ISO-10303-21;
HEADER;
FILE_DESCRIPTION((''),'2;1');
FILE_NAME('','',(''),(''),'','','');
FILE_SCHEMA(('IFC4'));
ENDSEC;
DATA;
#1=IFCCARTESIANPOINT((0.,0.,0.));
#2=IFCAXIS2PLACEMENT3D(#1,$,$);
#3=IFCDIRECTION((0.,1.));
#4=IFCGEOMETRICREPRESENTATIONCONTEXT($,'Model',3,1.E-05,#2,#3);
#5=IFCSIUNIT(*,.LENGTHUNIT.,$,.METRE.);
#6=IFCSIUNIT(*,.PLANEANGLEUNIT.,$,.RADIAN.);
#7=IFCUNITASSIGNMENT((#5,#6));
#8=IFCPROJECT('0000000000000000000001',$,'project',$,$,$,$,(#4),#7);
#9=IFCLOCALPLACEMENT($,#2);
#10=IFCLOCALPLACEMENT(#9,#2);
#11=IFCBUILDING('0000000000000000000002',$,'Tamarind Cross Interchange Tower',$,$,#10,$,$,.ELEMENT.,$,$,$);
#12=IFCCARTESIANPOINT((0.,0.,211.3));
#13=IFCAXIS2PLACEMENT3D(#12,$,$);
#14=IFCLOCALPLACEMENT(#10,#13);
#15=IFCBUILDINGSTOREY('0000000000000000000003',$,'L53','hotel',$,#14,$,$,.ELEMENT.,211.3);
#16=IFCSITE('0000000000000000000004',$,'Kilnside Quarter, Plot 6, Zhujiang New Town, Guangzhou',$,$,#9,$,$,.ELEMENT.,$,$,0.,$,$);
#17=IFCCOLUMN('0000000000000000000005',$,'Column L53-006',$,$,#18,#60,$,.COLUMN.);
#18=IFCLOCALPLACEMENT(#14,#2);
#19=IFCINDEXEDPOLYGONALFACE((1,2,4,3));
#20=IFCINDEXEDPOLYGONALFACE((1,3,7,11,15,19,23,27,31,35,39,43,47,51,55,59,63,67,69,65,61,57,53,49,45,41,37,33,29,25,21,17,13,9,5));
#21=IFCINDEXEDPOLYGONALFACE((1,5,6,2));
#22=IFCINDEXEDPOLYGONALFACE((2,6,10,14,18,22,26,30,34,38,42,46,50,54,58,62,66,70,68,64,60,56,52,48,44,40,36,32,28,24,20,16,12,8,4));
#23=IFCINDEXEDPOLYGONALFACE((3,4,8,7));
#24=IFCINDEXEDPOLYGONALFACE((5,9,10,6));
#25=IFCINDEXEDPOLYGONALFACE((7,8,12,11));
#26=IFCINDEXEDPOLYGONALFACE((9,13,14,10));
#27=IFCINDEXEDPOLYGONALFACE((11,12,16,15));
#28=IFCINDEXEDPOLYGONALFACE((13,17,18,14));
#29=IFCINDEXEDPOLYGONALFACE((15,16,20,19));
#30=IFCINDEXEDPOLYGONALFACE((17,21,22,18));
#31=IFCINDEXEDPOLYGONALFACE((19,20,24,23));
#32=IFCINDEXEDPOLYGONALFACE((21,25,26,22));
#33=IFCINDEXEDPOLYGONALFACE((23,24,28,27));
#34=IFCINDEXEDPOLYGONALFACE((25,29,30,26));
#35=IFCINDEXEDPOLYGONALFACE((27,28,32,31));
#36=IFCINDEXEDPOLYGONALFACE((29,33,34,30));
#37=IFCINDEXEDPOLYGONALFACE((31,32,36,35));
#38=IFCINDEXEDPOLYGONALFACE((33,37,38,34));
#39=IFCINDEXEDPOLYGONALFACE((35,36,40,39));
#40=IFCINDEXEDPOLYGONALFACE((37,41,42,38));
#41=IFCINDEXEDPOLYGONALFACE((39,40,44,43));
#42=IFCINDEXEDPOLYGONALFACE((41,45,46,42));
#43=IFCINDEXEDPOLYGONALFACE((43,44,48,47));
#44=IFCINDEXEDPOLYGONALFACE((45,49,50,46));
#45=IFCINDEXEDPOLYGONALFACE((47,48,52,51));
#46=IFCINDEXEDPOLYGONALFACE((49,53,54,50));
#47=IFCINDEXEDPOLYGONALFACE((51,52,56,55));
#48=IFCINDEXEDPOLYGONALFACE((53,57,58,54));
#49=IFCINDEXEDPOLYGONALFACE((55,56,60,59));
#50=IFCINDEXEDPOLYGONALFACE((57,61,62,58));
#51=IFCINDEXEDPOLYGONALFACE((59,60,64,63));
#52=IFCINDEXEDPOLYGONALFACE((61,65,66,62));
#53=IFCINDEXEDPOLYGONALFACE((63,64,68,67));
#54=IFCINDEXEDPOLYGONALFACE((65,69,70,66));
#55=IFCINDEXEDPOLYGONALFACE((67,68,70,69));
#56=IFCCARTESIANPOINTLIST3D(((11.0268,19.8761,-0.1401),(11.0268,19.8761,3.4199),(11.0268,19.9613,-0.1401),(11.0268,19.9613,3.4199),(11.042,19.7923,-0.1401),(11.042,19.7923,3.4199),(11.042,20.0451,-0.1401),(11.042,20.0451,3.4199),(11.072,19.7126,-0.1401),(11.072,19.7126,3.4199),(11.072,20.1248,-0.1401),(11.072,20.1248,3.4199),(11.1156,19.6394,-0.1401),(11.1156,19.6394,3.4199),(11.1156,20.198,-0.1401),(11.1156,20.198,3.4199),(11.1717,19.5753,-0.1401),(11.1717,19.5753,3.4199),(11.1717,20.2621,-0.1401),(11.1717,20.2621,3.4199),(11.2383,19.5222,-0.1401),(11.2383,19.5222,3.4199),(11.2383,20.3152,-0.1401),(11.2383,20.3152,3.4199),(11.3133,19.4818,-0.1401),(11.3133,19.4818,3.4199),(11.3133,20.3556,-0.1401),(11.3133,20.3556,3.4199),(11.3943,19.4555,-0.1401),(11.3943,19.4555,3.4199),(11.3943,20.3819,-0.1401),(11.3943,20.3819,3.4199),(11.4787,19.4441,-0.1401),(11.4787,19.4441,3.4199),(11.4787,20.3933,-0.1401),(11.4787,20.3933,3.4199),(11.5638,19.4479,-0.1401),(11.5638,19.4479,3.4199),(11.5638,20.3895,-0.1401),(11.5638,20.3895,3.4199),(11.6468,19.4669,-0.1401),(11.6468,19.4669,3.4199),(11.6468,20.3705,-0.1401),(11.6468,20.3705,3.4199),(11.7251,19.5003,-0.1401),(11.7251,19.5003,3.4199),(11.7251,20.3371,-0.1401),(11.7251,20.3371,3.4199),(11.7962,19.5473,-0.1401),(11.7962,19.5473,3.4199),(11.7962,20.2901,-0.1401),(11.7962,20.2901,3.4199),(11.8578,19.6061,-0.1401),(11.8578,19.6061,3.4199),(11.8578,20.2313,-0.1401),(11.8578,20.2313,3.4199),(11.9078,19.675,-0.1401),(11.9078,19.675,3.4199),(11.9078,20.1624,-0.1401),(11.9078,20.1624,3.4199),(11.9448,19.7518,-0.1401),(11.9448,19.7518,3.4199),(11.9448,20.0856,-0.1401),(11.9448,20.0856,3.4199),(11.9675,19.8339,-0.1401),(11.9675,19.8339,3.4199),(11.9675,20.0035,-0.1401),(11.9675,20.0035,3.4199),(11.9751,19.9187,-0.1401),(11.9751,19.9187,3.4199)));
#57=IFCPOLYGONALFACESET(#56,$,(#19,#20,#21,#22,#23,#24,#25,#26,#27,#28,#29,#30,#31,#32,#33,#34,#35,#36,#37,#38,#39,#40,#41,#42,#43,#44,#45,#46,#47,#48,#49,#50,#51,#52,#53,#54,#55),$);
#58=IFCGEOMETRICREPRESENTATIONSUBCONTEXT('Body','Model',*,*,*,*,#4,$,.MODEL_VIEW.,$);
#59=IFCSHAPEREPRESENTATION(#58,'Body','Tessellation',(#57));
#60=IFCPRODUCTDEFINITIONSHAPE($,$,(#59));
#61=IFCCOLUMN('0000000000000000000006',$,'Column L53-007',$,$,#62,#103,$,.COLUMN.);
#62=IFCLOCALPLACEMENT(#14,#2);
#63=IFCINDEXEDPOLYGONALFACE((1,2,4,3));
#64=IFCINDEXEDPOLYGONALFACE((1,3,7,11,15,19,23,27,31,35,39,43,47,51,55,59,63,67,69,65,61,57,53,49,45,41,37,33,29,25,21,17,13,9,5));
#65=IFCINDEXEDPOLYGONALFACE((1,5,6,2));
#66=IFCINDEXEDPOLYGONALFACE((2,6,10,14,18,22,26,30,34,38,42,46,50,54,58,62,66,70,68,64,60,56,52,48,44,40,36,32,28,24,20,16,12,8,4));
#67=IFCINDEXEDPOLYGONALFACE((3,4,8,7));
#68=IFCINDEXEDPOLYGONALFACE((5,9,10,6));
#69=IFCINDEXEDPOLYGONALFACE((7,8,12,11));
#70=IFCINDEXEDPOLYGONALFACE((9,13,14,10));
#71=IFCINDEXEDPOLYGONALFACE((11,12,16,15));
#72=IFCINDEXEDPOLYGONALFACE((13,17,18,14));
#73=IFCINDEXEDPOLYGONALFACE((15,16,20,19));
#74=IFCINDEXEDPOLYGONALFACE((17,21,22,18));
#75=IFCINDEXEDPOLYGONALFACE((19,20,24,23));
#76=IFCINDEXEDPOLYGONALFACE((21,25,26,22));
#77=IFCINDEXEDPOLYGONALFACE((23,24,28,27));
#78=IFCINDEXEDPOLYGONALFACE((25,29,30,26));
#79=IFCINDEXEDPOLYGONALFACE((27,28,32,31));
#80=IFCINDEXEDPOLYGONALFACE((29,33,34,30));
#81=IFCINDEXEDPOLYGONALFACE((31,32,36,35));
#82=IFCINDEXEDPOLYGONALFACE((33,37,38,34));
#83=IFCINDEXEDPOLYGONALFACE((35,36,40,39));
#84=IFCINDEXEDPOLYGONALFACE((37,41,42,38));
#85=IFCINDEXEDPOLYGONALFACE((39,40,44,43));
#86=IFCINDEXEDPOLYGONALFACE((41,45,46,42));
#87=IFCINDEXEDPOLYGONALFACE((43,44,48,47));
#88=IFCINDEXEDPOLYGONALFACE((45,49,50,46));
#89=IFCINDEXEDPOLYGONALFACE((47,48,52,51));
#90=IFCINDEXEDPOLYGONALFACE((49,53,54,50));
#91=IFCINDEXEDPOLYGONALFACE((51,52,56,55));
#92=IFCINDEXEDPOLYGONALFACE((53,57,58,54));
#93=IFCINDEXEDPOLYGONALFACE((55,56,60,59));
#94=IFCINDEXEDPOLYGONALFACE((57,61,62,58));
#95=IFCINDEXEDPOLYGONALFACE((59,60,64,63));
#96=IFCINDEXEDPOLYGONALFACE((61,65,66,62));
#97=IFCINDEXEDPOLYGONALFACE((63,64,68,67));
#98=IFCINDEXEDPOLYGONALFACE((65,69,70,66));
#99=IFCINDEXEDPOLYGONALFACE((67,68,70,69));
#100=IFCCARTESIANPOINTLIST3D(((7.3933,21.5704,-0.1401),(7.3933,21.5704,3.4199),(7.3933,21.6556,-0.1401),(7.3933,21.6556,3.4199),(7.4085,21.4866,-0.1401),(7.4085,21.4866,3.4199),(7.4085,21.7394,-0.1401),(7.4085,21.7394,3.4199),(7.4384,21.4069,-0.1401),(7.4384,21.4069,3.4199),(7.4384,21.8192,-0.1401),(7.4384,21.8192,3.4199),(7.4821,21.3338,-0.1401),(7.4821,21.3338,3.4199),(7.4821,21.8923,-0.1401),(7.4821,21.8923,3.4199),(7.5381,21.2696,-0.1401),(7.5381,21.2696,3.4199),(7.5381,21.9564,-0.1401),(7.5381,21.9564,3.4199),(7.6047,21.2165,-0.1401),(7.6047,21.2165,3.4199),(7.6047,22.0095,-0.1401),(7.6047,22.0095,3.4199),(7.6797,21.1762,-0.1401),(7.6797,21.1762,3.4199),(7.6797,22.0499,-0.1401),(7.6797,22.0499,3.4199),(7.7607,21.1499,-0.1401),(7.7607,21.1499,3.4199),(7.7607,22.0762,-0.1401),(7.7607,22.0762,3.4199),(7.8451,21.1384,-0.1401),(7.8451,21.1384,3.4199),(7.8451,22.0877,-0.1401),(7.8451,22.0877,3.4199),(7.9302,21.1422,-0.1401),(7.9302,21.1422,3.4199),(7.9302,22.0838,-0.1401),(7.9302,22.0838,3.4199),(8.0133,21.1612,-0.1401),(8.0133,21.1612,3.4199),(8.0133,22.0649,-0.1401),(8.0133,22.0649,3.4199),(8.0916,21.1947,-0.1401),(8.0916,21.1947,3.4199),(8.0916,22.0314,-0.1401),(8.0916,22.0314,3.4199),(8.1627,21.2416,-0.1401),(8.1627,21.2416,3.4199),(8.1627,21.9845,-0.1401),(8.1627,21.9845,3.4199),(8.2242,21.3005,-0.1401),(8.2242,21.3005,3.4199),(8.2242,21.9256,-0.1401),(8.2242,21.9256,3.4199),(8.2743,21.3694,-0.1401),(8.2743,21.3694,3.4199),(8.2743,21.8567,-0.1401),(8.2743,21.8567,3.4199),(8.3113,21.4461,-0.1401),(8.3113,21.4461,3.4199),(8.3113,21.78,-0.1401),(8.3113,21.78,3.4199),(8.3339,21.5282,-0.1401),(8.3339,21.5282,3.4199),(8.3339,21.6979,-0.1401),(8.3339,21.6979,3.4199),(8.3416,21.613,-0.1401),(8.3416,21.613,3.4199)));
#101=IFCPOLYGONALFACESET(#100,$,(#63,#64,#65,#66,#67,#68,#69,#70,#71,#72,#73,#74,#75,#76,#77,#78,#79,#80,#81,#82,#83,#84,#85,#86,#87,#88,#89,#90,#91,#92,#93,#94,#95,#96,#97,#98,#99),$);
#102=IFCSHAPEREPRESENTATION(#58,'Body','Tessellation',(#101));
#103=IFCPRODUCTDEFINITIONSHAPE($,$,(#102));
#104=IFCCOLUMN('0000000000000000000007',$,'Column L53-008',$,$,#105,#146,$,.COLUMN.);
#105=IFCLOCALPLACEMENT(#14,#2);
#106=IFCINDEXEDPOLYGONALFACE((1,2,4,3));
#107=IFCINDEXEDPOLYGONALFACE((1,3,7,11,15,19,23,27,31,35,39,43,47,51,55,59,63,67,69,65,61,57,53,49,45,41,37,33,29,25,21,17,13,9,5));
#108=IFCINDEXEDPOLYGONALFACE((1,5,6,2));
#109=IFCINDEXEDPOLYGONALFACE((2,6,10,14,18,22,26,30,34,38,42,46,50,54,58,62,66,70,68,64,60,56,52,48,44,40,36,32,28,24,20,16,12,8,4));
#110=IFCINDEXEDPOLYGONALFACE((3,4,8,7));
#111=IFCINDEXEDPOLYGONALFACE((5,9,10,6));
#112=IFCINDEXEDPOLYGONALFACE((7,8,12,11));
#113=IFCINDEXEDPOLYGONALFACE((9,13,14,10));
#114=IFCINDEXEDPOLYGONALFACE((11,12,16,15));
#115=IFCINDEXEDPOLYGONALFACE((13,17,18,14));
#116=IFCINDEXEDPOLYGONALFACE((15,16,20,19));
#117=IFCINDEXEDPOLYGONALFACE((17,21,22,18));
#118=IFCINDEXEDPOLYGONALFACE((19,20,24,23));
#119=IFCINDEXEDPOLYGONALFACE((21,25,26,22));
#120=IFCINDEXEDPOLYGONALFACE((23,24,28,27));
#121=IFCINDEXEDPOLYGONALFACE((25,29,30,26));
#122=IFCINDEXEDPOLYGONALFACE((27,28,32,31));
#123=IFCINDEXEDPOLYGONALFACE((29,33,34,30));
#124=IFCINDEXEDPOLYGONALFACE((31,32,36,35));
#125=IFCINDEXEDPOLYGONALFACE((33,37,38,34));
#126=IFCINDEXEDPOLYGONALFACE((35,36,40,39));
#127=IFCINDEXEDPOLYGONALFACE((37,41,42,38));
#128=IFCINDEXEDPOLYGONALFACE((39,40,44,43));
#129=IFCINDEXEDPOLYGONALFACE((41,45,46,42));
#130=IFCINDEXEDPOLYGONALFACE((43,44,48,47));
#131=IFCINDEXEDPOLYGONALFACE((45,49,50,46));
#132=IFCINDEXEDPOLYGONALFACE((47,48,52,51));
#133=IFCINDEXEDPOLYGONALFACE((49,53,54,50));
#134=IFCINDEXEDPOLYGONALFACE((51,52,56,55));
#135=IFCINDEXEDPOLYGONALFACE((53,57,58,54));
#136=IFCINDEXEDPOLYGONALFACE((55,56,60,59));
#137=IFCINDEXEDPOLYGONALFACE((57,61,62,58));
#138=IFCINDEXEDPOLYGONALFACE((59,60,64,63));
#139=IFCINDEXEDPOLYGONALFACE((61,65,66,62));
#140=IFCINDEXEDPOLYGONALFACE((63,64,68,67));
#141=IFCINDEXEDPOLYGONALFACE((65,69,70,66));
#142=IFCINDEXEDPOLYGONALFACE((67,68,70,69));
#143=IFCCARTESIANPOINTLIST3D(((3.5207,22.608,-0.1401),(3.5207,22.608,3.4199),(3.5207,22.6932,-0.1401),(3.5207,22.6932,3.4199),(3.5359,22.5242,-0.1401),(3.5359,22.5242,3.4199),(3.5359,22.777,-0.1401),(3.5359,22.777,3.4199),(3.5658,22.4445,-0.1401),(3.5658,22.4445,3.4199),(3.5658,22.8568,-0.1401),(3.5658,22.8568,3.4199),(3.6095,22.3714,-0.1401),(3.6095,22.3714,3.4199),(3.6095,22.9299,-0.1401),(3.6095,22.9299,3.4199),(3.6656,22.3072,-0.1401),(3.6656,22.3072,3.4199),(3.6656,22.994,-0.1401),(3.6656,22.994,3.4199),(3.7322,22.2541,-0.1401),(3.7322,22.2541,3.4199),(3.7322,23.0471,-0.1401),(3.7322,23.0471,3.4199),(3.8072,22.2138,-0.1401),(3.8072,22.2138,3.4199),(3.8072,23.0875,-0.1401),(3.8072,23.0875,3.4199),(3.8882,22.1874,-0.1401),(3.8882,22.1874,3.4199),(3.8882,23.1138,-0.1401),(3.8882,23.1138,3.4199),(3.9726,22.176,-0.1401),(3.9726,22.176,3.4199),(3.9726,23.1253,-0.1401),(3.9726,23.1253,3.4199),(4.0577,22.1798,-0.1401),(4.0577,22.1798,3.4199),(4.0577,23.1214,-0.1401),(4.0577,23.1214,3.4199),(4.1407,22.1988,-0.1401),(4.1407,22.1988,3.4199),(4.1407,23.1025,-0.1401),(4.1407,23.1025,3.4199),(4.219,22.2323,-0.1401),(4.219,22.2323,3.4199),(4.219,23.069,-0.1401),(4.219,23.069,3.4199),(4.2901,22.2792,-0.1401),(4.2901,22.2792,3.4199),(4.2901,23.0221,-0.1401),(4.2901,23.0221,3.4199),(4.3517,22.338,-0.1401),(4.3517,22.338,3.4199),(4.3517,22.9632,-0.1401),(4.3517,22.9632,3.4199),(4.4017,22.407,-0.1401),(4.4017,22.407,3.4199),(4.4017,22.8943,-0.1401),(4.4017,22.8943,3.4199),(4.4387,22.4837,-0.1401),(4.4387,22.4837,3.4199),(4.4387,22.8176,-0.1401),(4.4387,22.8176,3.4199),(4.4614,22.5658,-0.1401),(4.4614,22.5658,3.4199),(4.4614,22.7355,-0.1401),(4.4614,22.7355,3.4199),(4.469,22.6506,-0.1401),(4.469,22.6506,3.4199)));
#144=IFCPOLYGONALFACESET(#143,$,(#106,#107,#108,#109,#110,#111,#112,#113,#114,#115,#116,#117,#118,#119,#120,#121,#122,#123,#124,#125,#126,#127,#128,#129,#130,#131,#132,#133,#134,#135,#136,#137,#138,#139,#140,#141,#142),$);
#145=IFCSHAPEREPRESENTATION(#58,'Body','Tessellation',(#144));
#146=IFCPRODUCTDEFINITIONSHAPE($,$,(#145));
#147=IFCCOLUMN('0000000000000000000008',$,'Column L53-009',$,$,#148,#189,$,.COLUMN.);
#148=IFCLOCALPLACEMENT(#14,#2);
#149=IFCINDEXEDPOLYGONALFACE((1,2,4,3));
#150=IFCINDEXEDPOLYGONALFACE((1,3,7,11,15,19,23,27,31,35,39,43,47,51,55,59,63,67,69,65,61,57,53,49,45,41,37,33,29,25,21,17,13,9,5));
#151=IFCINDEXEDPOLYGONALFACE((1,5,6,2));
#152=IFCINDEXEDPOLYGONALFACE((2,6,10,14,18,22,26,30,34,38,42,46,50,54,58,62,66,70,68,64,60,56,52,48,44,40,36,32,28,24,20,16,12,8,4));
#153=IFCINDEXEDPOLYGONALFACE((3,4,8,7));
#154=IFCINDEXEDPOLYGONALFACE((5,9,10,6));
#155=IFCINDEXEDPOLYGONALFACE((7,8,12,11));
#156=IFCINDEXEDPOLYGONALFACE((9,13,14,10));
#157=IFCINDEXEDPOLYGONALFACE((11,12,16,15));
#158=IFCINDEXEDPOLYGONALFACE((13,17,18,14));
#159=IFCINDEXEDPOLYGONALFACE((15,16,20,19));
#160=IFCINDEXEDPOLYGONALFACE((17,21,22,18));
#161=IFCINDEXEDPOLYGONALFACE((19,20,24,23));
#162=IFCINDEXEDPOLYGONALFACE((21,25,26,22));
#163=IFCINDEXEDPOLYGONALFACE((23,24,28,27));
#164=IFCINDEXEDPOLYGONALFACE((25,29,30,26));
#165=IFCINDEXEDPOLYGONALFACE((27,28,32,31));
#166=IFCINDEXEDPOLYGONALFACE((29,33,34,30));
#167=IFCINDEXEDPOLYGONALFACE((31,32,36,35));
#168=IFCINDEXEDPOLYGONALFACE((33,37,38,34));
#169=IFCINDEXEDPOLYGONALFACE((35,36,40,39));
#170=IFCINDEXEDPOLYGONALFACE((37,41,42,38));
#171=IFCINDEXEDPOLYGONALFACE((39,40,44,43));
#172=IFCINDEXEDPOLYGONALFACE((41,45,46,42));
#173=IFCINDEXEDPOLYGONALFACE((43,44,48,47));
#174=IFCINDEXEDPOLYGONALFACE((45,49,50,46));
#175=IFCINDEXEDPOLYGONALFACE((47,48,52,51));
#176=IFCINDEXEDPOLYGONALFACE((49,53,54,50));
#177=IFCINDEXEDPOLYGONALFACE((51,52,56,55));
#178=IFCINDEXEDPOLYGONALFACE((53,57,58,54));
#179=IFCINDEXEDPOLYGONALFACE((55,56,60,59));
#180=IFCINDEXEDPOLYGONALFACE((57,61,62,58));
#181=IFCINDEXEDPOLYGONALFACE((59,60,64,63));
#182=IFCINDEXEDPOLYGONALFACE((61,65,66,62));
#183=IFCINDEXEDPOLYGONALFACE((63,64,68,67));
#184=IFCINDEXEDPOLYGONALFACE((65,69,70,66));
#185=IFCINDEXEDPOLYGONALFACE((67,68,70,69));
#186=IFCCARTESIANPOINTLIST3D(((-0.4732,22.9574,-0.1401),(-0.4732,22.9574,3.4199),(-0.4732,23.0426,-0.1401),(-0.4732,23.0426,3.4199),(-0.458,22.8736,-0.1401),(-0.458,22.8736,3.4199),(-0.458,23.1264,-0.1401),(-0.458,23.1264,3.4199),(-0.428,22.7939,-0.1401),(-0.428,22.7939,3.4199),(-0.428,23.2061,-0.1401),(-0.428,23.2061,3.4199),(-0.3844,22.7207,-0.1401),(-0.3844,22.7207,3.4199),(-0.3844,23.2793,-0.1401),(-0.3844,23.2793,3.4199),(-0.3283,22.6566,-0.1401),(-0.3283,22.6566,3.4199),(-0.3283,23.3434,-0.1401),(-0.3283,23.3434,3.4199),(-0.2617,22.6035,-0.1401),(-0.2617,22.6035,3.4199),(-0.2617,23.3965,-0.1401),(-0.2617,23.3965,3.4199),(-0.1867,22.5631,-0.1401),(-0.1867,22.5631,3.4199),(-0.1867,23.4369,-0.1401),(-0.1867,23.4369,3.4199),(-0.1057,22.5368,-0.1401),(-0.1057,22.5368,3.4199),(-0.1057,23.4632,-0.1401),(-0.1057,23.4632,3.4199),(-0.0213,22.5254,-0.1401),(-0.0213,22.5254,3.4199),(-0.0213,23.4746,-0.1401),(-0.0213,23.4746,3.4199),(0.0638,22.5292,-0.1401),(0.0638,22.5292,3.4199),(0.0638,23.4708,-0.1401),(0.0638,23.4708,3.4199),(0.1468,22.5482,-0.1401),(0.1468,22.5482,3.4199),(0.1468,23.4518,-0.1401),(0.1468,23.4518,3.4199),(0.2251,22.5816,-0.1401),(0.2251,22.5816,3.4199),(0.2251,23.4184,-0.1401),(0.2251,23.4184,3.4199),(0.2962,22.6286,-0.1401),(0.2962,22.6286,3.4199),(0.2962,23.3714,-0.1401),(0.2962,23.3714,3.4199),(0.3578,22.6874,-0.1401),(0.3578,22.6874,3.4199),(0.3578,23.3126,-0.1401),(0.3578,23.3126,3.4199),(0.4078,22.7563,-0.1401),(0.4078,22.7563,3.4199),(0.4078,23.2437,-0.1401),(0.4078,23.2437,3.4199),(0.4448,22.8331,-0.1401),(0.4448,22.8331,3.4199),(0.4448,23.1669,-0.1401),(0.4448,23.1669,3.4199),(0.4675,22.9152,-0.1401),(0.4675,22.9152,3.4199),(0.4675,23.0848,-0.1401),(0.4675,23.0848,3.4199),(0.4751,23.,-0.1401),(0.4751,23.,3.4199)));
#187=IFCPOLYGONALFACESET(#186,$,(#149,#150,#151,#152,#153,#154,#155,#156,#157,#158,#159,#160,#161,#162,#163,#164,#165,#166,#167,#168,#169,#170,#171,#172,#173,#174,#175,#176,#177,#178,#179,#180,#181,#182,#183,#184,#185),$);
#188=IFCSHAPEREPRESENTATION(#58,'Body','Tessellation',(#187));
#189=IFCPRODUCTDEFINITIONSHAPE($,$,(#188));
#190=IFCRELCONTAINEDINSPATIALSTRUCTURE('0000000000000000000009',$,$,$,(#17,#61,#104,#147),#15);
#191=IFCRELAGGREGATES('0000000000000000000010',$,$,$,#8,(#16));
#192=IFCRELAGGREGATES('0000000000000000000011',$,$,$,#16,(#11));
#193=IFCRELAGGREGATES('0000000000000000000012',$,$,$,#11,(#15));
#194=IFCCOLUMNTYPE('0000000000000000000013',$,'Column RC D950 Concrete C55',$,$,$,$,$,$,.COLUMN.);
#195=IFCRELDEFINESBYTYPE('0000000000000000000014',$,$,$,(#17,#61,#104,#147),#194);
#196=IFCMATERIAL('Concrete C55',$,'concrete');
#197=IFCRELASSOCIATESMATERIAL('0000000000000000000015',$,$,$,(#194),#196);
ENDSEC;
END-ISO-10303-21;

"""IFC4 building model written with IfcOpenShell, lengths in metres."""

from ifc_helpers import new_model, si_unit, direction, frame, origin, origin_2d, place, context, subcontext, project, spatial, circle, extrude, material, material_profile, profile_set, type_object, element, save


model = new_model("IFC4")

# Units and contexts
model_context = context("Model", 3, precision=1e-05, world=origin(), true_north=direction((0.0, 1.0)))
body_context = subcontext(model_context, "Body", "Model", "MODEL_VIEW")
ifc_project = project(units=[si_unit("LENGTHUNIT", "METRE"), si_unit("PLANEANGLEUNIT", "RADIAN")], contexts=[model_context])

# Site, building, storey
site_placement = place(None, origin())
site = spatial("IfcSite", under=ifc_project, at=site_placement, Name="Kilnside Quarter, Plot 6, Zhujiang New Town, Guangzhou", CompositionType="ELEMENT", RefElevation=0.0)
building_placement = place(site_placement, origin())
building = spatial("IfcBuilding", under=site, at=building_placement, Name="Tamarind Cross Interchange Tower", CompositionType="ELEMENT")
storey_placement = place(building_placement, frame((0.0, 0.0, 211.3)))
storey = spatial("IfcBuildingStorey", under=building, at=storey_placement, Name="L53", Description="hotel", CompositionType="ELEMENT", Elevation=211.3)

# Columns
ifc_material_1 = material(Name="Concrete C55", Category="concrete")
ifc_material_profile_1 = material_profile(ifc_material_1, circle(Radius=0.4751, at=origin_2d()), Name="RC D950")
ifc_profile_set_1 = profile_set([ifc_material_profile_1], Name="Concrete C55")
column_type = type_object("IfcColumnType", Name="Column RC D950 Concrete C55", PredefinedType="COLUMN", material=ifc_profile_set_1)
for number, where, z_axis, x_axis, name in (
    (1, (11.5, 19.9187, -0.1401), (0.0, 0.0, 1.0), (1.0, 0.0, 0.0), "Column L53-006"),
    (2, (7.8665, 21.613, -0.1401), (0.0, 0.0, 1.0), (1.0, 0.0, 0.0), "Column L53-007"),
    (3, (3.9939, 22.6506, -0.1401), (0.0, 0.0, 1.0), (1.0, 0.0, 0.0), "Column L53-008"),
    (4, (0.0, 23.0, -0.1401), (0.0, 0.0, 1.0), (1.0, 0.0, 0.0), "Column L53-009"),
):
    element("IfcColumn", number, at=place(storey_placement, frame(where, z_axis=z_axis, x_axis=x_axis)), inside=storey, type_object=column_type, Name=name, PredefinedType="COLUMN", context=body_context, shape_type="SweptSolid", body=[
        extrude(circle(Radius=0.4751, at=origin_2d()), origin(), (0.0, 0.0, 1.0), 3.5601),
    ])

save(model, "model.ifc")
